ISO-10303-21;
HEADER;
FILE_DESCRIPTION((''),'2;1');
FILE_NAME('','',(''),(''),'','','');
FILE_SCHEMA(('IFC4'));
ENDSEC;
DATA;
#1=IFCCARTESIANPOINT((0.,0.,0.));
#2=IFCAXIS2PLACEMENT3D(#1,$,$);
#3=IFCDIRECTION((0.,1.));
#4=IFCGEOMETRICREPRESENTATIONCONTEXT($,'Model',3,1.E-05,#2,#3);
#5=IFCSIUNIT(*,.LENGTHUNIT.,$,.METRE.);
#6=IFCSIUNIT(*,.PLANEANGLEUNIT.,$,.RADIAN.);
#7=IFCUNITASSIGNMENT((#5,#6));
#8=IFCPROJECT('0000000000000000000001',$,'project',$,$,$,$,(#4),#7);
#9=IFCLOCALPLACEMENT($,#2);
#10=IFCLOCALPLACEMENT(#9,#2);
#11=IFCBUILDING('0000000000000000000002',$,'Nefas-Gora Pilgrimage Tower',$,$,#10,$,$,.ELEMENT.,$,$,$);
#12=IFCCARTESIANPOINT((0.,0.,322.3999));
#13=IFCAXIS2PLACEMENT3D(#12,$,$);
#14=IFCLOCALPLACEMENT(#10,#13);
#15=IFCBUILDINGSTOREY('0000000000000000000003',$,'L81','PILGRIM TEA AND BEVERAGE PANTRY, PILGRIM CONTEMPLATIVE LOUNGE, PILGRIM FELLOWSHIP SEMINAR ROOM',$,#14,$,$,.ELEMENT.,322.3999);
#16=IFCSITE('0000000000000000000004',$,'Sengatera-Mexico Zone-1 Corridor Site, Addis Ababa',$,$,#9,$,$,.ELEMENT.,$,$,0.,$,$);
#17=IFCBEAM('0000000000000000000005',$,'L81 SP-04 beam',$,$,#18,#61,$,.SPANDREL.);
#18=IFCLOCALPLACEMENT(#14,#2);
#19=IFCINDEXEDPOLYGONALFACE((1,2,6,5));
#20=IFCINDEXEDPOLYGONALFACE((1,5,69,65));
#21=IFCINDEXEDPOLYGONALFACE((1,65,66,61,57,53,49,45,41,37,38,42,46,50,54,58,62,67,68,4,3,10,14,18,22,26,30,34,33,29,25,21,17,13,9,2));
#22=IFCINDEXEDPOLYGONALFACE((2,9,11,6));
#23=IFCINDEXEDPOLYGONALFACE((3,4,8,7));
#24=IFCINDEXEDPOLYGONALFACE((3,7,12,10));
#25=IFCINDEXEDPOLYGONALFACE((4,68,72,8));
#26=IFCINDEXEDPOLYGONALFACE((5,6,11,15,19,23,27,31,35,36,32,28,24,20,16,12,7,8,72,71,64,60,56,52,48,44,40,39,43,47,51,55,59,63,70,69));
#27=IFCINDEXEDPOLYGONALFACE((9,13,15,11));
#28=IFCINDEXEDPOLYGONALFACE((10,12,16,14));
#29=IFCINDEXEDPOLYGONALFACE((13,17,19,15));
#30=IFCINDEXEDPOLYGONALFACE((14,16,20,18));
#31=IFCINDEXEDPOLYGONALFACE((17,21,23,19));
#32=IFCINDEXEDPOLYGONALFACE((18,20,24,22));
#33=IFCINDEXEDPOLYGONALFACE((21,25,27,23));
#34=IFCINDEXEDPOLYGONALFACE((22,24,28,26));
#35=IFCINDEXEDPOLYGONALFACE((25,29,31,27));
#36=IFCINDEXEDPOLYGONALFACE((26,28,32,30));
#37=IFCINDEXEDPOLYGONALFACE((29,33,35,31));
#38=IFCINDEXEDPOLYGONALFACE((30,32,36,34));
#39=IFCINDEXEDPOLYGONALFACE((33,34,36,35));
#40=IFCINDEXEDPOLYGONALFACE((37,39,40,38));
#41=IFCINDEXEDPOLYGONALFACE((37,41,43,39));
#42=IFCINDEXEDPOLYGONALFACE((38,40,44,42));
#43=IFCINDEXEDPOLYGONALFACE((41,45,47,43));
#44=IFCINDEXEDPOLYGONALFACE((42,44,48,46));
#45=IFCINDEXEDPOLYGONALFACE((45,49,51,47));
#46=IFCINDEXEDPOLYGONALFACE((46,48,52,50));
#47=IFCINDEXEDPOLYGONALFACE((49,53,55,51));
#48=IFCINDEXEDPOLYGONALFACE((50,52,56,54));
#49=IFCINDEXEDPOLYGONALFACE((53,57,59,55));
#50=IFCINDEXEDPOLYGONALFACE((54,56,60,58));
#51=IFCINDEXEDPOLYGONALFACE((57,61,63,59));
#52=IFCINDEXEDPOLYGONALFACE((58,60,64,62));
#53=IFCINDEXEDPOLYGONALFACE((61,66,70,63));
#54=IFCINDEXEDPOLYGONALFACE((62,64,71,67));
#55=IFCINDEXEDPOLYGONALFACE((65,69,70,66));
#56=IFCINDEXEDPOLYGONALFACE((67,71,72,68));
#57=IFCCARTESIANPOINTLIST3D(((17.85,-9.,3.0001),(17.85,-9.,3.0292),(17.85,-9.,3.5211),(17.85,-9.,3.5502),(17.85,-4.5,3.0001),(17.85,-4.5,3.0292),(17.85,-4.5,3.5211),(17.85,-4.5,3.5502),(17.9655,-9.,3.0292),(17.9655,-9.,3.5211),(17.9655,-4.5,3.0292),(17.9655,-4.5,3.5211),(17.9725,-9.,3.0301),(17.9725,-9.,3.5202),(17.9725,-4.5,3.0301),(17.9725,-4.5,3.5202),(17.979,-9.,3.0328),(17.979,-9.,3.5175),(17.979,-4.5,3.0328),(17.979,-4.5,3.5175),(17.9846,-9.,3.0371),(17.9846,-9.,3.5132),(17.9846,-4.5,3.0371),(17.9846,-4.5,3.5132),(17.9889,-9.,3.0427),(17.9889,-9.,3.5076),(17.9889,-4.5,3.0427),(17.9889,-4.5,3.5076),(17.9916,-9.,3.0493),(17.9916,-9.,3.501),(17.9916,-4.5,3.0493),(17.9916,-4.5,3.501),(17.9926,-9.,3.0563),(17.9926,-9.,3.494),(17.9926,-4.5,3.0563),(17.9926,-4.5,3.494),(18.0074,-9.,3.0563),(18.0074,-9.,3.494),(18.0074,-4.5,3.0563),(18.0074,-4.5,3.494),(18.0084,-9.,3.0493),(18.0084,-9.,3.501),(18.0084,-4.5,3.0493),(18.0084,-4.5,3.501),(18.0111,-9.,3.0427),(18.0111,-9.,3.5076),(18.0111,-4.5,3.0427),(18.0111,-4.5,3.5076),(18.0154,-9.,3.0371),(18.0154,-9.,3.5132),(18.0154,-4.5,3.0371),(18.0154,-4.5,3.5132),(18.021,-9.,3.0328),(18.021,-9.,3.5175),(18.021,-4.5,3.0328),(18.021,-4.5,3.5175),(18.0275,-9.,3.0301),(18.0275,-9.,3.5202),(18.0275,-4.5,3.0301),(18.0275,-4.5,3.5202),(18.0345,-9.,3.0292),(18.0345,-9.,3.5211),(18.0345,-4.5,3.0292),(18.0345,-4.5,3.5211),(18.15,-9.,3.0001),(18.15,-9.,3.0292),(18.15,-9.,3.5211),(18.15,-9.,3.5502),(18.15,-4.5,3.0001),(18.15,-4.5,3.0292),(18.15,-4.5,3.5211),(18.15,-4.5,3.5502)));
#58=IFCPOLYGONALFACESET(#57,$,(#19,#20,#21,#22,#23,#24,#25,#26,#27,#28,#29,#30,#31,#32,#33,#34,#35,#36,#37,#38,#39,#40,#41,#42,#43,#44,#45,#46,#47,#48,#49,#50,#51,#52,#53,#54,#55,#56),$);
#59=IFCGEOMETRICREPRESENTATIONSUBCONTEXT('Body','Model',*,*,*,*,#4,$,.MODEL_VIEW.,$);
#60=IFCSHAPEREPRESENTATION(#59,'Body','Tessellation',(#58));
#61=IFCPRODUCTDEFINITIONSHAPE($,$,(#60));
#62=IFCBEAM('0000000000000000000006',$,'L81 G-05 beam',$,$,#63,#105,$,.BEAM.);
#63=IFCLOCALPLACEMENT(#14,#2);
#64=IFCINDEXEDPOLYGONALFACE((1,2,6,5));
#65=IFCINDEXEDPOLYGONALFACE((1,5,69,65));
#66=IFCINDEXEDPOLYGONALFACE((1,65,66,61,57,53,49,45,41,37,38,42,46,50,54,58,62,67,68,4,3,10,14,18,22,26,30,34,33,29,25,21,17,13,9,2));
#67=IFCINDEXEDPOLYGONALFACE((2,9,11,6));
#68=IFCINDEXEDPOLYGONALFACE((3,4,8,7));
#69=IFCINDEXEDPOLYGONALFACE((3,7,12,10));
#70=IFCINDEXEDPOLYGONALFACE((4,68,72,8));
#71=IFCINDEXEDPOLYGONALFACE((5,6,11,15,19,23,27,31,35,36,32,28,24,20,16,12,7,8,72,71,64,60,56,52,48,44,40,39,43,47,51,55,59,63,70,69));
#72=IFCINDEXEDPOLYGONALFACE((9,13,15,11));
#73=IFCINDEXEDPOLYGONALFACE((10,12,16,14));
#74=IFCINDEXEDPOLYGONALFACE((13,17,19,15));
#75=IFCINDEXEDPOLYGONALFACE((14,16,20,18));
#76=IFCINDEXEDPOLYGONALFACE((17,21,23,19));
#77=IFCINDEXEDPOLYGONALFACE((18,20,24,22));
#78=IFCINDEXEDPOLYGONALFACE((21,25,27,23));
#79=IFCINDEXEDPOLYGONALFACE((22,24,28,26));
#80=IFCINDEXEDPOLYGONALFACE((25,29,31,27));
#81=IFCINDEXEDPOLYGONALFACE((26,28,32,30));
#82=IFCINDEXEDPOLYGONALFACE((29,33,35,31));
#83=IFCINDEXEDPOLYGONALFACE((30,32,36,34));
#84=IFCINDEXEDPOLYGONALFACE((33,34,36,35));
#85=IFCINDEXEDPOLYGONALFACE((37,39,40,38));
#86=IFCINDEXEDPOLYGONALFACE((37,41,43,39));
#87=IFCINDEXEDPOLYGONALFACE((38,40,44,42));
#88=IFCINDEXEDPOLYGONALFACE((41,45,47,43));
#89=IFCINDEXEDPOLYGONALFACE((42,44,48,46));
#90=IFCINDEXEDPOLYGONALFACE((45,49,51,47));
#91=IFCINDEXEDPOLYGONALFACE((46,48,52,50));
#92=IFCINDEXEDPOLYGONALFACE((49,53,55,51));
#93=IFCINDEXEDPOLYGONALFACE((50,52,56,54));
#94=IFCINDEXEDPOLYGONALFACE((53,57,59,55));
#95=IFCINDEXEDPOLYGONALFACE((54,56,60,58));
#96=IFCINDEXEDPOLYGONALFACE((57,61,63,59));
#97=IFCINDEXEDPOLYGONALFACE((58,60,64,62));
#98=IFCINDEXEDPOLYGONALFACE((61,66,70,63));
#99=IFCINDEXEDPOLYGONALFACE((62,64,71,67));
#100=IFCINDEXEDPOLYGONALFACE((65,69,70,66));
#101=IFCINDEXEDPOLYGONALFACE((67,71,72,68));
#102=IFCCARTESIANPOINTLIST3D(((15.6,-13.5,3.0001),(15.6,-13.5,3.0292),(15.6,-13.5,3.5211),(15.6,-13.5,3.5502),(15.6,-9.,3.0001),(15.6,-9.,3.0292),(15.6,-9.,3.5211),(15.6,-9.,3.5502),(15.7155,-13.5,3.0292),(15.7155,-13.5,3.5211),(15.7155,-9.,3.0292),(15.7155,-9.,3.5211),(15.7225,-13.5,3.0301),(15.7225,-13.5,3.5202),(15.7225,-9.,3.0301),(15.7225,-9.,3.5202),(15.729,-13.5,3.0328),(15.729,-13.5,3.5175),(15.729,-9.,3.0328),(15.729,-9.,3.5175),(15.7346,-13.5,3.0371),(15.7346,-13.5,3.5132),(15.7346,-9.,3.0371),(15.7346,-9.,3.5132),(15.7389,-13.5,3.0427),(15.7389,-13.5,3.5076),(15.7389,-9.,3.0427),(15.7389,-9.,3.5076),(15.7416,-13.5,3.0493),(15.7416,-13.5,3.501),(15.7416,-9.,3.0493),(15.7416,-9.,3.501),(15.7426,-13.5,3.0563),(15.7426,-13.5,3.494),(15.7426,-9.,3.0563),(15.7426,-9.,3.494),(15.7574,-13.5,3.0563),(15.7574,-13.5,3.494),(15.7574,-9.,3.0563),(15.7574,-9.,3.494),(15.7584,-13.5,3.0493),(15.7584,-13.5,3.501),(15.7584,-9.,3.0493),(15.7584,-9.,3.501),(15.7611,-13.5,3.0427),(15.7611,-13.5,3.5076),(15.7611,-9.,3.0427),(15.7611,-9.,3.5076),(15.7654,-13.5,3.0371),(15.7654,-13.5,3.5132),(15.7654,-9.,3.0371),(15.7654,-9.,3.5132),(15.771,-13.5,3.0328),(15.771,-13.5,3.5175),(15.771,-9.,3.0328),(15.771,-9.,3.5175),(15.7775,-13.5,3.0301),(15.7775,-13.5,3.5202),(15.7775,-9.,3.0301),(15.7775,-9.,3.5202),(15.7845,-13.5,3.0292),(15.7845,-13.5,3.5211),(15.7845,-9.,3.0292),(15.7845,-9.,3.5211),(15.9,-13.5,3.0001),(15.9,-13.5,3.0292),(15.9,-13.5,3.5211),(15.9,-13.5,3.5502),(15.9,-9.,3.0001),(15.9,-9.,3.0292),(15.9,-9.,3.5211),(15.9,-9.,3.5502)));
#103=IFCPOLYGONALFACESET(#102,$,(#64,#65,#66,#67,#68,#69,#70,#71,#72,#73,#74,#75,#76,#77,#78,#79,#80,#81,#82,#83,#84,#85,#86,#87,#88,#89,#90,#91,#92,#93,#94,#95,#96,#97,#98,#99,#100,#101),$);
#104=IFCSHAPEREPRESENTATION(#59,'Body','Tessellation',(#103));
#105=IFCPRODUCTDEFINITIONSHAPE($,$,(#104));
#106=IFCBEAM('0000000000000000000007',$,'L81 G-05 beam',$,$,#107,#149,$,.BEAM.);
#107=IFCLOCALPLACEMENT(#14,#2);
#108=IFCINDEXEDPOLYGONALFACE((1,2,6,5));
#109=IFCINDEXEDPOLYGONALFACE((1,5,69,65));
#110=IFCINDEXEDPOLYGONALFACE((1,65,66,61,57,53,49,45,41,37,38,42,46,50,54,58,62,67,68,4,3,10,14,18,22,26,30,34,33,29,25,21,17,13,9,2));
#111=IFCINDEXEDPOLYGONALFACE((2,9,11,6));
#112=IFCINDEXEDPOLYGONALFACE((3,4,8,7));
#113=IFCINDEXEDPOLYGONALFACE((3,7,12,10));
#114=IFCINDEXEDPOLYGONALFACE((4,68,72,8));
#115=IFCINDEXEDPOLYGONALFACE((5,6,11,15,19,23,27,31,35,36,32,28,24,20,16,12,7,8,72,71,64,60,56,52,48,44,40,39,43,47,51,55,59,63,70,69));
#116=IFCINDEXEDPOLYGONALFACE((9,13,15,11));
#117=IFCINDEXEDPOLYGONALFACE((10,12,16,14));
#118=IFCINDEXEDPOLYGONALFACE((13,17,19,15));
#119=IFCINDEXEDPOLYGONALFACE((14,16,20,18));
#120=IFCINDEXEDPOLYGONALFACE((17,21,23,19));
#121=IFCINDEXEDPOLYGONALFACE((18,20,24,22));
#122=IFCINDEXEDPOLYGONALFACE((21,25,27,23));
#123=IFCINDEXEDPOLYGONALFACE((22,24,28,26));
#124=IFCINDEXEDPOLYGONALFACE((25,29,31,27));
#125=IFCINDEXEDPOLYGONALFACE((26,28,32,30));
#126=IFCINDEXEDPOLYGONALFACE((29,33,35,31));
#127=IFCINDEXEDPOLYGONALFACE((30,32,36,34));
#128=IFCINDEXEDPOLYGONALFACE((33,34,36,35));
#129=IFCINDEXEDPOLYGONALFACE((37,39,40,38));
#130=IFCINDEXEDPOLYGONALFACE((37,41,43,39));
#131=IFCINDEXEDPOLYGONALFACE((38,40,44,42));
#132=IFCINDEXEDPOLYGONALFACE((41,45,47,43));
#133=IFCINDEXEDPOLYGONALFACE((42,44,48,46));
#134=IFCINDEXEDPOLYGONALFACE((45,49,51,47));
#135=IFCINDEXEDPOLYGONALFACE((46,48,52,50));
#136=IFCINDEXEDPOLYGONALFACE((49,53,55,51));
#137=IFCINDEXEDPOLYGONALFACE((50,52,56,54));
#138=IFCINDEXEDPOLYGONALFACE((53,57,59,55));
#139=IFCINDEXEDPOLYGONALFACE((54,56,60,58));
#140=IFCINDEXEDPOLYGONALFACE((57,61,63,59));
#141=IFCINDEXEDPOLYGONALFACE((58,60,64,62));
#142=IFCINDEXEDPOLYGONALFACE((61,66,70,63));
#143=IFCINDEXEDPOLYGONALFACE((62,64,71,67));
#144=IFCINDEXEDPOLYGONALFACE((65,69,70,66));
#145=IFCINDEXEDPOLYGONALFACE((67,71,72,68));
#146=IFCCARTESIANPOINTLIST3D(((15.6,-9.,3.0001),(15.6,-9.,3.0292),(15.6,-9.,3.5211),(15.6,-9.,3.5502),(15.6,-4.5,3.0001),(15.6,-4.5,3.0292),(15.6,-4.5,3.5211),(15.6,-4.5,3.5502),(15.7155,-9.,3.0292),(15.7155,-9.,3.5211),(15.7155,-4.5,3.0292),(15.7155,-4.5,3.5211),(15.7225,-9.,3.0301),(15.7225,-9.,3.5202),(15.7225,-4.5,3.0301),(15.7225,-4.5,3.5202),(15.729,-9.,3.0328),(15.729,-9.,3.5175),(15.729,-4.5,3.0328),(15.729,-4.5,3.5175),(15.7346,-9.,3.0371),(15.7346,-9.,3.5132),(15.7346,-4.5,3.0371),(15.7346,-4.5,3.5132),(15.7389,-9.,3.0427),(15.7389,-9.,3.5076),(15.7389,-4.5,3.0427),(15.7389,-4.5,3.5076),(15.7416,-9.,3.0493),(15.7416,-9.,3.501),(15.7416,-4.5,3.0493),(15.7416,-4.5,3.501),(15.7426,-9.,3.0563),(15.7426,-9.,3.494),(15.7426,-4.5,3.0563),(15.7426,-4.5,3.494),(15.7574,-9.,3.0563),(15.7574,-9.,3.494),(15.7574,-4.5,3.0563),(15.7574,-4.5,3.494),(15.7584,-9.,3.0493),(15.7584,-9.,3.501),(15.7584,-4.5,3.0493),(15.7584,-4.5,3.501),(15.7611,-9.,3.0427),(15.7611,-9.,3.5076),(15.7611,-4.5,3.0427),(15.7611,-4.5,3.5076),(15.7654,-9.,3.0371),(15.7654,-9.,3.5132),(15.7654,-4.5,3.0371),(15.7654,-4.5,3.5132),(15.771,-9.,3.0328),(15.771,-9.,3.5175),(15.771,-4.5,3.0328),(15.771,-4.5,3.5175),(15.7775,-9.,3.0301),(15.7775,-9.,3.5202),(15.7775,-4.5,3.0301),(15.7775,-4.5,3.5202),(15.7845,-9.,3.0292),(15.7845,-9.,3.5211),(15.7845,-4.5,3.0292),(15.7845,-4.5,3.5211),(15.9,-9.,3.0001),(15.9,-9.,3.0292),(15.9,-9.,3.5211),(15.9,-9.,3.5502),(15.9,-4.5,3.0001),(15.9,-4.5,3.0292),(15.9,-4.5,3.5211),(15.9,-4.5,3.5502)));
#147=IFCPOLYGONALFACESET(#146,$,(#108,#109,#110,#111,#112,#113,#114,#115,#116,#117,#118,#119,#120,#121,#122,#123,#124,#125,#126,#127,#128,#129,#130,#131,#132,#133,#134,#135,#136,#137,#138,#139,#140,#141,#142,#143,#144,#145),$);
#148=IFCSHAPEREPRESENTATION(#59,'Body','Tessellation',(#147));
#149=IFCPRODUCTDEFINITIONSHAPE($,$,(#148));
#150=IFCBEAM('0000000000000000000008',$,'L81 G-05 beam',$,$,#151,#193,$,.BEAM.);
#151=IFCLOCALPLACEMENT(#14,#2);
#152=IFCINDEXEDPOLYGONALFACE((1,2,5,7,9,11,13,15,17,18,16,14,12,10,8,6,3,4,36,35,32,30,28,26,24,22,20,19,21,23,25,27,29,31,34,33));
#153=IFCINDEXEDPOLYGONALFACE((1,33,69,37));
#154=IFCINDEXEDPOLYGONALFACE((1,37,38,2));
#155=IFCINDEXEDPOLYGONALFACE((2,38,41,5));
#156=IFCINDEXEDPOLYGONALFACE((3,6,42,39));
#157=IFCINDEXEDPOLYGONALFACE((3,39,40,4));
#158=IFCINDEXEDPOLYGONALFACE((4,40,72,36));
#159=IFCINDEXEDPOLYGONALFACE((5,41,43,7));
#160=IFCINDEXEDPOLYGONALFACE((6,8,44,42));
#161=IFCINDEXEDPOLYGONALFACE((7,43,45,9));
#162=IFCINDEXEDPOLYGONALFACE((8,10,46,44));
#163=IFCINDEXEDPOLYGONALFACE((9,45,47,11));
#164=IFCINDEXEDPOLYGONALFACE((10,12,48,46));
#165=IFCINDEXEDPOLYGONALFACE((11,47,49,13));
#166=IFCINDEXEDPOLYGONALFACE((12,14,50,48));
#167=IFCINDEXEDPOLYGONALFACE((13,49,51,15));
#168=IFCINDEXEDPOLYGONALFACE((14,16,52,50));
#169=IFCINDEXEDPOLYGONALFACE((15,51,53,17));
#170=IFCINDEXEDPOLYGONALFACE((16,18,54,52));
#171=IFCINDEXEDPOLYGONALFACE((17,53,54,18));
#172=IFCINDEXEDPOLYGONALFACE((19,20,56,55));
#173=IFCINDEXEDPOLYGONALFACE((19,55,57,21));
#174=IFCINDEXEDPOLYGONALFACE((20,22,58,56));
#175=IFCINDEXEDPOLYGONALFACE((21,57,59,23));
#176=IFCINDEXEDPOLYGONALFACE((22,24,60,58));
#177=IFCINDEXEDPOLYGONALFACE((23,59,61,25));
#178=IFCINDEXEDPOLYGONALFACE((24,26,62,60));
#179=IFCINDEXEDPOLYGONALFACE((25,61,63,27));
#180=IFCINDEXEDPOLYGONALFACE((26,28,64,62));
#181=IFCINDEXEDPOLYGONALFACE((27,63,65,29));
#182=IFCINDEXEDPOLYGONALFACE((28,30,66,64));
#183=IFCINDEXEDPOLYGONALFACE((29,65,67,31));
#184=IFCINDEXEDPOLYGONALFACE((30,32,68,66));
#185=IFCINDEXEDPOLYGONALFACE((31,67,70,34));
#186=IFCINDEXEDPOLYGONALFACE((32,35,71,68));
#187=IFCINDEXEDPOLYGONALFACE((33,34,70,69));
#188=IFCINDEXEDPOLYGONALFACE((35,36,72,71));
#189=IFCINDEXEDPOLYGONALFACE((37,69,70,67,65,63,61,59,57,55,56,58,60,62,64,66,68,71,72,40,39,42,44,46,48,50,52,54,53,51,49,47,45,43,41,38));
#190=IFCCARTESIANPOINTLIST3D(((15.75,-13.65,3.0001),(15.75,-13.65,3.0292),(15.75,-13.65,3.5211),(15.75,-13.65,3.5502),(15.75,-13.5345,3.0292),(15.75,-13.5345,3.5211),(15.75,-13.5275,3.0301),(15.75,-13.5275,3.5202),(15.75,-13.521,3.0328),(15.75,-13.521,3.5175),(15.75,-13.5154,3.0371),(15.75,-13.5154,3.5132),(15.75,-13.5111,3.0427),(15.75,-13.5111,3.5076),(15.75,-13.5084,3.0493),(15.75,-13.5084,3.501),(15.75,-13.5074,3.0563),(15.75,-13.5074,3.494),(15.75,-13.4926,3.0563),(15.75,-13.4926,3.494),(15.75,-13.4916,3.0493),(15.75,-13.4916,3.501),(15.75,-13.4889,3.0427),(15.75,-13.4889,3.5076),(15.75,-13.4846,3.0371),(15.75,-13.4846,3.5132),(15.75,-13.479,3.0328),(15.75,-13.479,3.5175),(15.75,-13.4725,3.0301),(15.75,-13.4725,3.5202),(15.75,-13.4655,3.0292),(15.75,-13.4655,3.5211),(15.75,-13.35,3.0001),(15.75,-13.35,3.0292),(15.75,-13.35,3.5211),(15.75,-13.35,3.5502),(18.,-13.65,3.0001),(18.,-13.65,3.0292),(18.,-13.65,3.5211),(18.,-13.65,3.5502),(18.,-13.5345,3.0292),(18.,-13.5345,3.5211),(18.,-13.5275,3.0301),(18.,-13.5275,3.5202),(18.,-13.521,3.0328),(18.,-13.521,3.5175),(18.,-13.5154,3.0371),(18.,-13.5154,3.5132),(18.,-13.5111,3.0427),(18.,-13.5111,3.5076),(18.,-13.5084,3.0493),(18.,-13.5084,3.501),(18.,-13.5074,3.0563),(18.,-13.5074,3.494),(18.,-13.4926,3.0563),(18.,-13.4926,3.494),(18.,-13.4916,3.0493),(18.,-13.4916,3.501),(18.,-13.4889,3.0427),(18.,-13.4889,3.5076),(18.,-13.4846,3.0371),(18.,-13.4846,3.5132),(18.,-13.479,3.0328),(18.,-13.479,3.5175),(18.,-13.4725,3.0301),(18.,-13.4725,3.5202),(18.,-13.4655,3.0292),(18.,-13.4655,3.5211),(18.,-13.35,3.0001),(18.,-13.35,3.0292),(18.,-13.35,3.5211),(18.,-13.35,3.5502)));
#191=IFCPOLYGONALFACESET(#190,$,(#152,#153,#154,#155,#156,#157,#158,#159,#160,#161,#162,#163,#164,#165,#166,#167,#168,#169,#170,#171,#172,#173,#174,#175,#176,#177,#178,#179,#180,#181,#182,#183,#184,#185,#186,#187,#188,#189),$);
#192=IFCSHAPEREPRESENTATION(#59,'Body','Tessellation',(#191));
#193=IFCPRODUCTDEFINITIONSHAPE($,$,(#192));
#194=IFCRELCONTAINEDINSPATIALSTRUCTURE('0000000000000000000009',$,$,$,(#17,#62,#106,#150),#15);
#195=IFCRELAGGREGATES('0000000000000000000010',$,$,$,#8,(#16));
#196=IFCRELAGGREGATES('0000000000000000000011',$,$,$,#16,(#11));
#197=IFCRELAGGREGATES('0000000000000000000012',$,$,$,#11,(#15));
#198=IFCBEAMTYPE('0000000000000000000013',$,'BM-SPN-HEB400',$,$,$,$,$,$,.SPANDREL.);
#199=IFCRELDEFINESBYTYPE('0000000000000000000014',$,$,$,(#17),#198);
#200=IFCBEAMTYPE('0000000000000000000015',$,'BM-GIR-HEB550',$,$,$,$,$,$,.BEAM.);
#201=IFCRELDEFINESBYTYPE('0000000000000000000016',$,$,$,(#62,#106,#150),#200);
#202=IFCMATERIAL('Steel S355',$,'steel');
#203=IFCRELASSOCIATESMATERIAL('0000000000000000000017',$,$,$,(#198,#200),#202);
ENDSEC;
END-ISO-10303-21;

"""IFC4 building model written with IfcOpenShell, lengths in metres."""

from ifc_helpers import new_model, si_unit, direction, frame, origin, origin_2d, place, context, subcontext, project, spatial, i_section, extrude, source, transform, mapped, material, material_profile, profile_set, type_object, element, save


model = new_model("IFC4")

# Units and contexts
model_context = context("Model", 3, precision=1e-05, world=origin(), true_north=direction((0.0, 1.0)))
body_context = subcontext(model_context, "Body", "Model", "MODEL_VIEW")
ifc_project = project(units=[si_unit("LENGTHUNIT", "METRE"), si_unit("PLANEANGLEUNIT", "RADIAN")], contexts=[model_context])

# Site, building, storey
site_placement = place(None, origin())
site = spatial("IfcSite", under=ifc_project, at=site_placement, Name="Sengatera-Mexico Zone-1 Corridor Site, Addis Ababa", CompositionType="ELEMENT", RefElevation=0.0)
building_placement = place(site_placement, origin())
building = spatial("IfcBuilding", under=site, at=building_placement, Name="Nefas-Gora Pilgrimage Tower", CompositionType="ELEMENT")
storey_placement = place(building_placement, frame((0.0, 0.0, 322.3999)))
storey = spatial("IfcBuildingStorey", under=building, at=storey_placement, Name="L81", Description="PILGRIM TEA AND BEVERAGE PANTRY, PILGRIM CONTEMPLATIVE LOUNGE, PILGRIM FELLOWSHIP SEMINAR ROOM", CompositionType="ELEMENT", Elevation=322.3999)

# Shared definitions
ifc_material_1 = material(Name="Steel S355", Category="steel")

# Beams
ifc_material_profile_1 = material_profile(ifc_material_1, i_section(OverallWidth=0.3, OverallDepth=0.55, WebThickness=0.0149, FlangeThickness=0.0291, FilletRadius=0.0271, at=origin_2d()), Name="HEB 550")
ifc_profile_set_1 = profile_set([ifc_material_profile_1], Name="Steel S355")
beam_type_1 = type_object("IfcBeamType", Name="BM-SPN-HEB400", PredefinedType="SPANDREL", material=ifc_profile_set_1)
shared_shape_1 = source(origin(), body_context, "Body", "SweptSolid", [
    extrude(i_section(OverallWidth=0.3, OverallDepth=0.55, WebThickness=0.0149, FlangeThickness=0.0291, FilletRadius=0.0271, at=origin_2d()), origin(), (0.0, 0.0, 1.0), 4.5),
])
for number, where, z_axis, x_axis, name in (
    (1, (18.0, -9.0, 3.2751), (0.0, 1.0, 0.0), (-1.0, 0.0, 0.0), "L81 SP-04 beam"),
):
    element("IfcBeam", number, at=place(storey_placement, frame(where, z_axis=z_axis, x_axis=x_axis)), inside=storey, type_object=beam_type_1, Name=name, PredefinedType="SPANDREL", context=body_context, shape_type="MappedRepresentation", body=[
        mapped(shared_shape_1, transform((0.0, 0.0, 0.0), x_axis=(1.0, 0.0, 0.0), y_axis=(0.0, 1.0, 0.0), z_axis=(0.0, 0.0, 1.0), scale=1.0)),
    ])
ifc_material_profile_2 = material_profile(ifc_material_1, i_section(OverallWidth=0.3, OverallDepth=0.55, WebThickness=0.0149, FlangeThickness=0.0291, FilletRadius=0.0271, at=origin_2d()), Name="HEB 550")
ifc_profile_set_2 = profile_set([ifc_material_profile_2], Name="Steel S355")
beam_type_2 = type_object("IfcBeamType", Name="BM-GIR-HEB550", PredefinedType="BEAM", material=ifc_profile_set_2)
shared_shape_2 = source(origin(), body_context, "Body", "SweptSolid", [
    extrude(i_section(OverallWidth=0.3, OverallDepth=0.55, WebThickness=0.0149, FlangeThickness=0.0291, FilletRadius=0.0271, at=origin_2d()), origin(), (0.0, 0.0, 1.0), 4.5),
])
for number, where, z_axis, x_axis, name in (
    (2, (15.75, -13.5, 3.2751), (0.0, 1.0, 0.0), (-1.0, 0.0, 0.0), "L81 G-05 beam"),
    (3, (15.75, -9.0, 3.2751), (0.0, 1.0, 0.0), (-1.0, 0.0, 0.0), "L81 G-05 beam"),
):
    element("IfcBeam", number, at=place(storey_placement, frame(where, z_axis=z_axis, x_axis=x_axis)), inside=storey, type_object=beam_type_2, Name=name, PredefinedType="BEAM", context=body_context, shape_type="MappedRepresentation", body=[
        mapped(shared_shape_2, transform((0.0, 0.0, 0.0), x_axis=(1.0, 0.0, 0.0), y_axis=(0.0, 1.0, 0.0), z_axis=(0.0, 0.0, 1.0), scale=1.0)),
    ])
shared_shape_3 = source(origin(), body_context, "Body", "SweptSolid", [
    extrude(i_section(OverallWidth=0.3, OverallDepth=0.55, WebThickness=0.0149, FlangeThickness=0.0291, FilletRadius=0.0271, at=origin_2d()), origin(), (0.0, 0.0, 1.0), 2.25),
])
for number, where, z_axis, x_axis, name in (
    (4, (15.75, -13.5, 3.2751), (1.0, 0.0, 0.0), (0.0, 1.0, 0.0), "L81 G-05 beam"),
):
    element("IfcBeam", number, at=place(storey_placement, frame(where, z_axis=z_axis, x_axis=x_axis)), inside=storey, type_object=beam_type_2, Name=name, PredefinedType="BEAM", context=body_context, shape_type="MappedRepresentation", body=[
        mapped(shared_shape_3, transform((0.0, 0.0, 0.0), x_axis=(1.0, 0.0, 0.0), y_axis=(0.0, 1.0, 0.0), z_axis=(0.0, 0.0, 1.0), scale=1.0)),
    ])

save(model, "model.ifc")
